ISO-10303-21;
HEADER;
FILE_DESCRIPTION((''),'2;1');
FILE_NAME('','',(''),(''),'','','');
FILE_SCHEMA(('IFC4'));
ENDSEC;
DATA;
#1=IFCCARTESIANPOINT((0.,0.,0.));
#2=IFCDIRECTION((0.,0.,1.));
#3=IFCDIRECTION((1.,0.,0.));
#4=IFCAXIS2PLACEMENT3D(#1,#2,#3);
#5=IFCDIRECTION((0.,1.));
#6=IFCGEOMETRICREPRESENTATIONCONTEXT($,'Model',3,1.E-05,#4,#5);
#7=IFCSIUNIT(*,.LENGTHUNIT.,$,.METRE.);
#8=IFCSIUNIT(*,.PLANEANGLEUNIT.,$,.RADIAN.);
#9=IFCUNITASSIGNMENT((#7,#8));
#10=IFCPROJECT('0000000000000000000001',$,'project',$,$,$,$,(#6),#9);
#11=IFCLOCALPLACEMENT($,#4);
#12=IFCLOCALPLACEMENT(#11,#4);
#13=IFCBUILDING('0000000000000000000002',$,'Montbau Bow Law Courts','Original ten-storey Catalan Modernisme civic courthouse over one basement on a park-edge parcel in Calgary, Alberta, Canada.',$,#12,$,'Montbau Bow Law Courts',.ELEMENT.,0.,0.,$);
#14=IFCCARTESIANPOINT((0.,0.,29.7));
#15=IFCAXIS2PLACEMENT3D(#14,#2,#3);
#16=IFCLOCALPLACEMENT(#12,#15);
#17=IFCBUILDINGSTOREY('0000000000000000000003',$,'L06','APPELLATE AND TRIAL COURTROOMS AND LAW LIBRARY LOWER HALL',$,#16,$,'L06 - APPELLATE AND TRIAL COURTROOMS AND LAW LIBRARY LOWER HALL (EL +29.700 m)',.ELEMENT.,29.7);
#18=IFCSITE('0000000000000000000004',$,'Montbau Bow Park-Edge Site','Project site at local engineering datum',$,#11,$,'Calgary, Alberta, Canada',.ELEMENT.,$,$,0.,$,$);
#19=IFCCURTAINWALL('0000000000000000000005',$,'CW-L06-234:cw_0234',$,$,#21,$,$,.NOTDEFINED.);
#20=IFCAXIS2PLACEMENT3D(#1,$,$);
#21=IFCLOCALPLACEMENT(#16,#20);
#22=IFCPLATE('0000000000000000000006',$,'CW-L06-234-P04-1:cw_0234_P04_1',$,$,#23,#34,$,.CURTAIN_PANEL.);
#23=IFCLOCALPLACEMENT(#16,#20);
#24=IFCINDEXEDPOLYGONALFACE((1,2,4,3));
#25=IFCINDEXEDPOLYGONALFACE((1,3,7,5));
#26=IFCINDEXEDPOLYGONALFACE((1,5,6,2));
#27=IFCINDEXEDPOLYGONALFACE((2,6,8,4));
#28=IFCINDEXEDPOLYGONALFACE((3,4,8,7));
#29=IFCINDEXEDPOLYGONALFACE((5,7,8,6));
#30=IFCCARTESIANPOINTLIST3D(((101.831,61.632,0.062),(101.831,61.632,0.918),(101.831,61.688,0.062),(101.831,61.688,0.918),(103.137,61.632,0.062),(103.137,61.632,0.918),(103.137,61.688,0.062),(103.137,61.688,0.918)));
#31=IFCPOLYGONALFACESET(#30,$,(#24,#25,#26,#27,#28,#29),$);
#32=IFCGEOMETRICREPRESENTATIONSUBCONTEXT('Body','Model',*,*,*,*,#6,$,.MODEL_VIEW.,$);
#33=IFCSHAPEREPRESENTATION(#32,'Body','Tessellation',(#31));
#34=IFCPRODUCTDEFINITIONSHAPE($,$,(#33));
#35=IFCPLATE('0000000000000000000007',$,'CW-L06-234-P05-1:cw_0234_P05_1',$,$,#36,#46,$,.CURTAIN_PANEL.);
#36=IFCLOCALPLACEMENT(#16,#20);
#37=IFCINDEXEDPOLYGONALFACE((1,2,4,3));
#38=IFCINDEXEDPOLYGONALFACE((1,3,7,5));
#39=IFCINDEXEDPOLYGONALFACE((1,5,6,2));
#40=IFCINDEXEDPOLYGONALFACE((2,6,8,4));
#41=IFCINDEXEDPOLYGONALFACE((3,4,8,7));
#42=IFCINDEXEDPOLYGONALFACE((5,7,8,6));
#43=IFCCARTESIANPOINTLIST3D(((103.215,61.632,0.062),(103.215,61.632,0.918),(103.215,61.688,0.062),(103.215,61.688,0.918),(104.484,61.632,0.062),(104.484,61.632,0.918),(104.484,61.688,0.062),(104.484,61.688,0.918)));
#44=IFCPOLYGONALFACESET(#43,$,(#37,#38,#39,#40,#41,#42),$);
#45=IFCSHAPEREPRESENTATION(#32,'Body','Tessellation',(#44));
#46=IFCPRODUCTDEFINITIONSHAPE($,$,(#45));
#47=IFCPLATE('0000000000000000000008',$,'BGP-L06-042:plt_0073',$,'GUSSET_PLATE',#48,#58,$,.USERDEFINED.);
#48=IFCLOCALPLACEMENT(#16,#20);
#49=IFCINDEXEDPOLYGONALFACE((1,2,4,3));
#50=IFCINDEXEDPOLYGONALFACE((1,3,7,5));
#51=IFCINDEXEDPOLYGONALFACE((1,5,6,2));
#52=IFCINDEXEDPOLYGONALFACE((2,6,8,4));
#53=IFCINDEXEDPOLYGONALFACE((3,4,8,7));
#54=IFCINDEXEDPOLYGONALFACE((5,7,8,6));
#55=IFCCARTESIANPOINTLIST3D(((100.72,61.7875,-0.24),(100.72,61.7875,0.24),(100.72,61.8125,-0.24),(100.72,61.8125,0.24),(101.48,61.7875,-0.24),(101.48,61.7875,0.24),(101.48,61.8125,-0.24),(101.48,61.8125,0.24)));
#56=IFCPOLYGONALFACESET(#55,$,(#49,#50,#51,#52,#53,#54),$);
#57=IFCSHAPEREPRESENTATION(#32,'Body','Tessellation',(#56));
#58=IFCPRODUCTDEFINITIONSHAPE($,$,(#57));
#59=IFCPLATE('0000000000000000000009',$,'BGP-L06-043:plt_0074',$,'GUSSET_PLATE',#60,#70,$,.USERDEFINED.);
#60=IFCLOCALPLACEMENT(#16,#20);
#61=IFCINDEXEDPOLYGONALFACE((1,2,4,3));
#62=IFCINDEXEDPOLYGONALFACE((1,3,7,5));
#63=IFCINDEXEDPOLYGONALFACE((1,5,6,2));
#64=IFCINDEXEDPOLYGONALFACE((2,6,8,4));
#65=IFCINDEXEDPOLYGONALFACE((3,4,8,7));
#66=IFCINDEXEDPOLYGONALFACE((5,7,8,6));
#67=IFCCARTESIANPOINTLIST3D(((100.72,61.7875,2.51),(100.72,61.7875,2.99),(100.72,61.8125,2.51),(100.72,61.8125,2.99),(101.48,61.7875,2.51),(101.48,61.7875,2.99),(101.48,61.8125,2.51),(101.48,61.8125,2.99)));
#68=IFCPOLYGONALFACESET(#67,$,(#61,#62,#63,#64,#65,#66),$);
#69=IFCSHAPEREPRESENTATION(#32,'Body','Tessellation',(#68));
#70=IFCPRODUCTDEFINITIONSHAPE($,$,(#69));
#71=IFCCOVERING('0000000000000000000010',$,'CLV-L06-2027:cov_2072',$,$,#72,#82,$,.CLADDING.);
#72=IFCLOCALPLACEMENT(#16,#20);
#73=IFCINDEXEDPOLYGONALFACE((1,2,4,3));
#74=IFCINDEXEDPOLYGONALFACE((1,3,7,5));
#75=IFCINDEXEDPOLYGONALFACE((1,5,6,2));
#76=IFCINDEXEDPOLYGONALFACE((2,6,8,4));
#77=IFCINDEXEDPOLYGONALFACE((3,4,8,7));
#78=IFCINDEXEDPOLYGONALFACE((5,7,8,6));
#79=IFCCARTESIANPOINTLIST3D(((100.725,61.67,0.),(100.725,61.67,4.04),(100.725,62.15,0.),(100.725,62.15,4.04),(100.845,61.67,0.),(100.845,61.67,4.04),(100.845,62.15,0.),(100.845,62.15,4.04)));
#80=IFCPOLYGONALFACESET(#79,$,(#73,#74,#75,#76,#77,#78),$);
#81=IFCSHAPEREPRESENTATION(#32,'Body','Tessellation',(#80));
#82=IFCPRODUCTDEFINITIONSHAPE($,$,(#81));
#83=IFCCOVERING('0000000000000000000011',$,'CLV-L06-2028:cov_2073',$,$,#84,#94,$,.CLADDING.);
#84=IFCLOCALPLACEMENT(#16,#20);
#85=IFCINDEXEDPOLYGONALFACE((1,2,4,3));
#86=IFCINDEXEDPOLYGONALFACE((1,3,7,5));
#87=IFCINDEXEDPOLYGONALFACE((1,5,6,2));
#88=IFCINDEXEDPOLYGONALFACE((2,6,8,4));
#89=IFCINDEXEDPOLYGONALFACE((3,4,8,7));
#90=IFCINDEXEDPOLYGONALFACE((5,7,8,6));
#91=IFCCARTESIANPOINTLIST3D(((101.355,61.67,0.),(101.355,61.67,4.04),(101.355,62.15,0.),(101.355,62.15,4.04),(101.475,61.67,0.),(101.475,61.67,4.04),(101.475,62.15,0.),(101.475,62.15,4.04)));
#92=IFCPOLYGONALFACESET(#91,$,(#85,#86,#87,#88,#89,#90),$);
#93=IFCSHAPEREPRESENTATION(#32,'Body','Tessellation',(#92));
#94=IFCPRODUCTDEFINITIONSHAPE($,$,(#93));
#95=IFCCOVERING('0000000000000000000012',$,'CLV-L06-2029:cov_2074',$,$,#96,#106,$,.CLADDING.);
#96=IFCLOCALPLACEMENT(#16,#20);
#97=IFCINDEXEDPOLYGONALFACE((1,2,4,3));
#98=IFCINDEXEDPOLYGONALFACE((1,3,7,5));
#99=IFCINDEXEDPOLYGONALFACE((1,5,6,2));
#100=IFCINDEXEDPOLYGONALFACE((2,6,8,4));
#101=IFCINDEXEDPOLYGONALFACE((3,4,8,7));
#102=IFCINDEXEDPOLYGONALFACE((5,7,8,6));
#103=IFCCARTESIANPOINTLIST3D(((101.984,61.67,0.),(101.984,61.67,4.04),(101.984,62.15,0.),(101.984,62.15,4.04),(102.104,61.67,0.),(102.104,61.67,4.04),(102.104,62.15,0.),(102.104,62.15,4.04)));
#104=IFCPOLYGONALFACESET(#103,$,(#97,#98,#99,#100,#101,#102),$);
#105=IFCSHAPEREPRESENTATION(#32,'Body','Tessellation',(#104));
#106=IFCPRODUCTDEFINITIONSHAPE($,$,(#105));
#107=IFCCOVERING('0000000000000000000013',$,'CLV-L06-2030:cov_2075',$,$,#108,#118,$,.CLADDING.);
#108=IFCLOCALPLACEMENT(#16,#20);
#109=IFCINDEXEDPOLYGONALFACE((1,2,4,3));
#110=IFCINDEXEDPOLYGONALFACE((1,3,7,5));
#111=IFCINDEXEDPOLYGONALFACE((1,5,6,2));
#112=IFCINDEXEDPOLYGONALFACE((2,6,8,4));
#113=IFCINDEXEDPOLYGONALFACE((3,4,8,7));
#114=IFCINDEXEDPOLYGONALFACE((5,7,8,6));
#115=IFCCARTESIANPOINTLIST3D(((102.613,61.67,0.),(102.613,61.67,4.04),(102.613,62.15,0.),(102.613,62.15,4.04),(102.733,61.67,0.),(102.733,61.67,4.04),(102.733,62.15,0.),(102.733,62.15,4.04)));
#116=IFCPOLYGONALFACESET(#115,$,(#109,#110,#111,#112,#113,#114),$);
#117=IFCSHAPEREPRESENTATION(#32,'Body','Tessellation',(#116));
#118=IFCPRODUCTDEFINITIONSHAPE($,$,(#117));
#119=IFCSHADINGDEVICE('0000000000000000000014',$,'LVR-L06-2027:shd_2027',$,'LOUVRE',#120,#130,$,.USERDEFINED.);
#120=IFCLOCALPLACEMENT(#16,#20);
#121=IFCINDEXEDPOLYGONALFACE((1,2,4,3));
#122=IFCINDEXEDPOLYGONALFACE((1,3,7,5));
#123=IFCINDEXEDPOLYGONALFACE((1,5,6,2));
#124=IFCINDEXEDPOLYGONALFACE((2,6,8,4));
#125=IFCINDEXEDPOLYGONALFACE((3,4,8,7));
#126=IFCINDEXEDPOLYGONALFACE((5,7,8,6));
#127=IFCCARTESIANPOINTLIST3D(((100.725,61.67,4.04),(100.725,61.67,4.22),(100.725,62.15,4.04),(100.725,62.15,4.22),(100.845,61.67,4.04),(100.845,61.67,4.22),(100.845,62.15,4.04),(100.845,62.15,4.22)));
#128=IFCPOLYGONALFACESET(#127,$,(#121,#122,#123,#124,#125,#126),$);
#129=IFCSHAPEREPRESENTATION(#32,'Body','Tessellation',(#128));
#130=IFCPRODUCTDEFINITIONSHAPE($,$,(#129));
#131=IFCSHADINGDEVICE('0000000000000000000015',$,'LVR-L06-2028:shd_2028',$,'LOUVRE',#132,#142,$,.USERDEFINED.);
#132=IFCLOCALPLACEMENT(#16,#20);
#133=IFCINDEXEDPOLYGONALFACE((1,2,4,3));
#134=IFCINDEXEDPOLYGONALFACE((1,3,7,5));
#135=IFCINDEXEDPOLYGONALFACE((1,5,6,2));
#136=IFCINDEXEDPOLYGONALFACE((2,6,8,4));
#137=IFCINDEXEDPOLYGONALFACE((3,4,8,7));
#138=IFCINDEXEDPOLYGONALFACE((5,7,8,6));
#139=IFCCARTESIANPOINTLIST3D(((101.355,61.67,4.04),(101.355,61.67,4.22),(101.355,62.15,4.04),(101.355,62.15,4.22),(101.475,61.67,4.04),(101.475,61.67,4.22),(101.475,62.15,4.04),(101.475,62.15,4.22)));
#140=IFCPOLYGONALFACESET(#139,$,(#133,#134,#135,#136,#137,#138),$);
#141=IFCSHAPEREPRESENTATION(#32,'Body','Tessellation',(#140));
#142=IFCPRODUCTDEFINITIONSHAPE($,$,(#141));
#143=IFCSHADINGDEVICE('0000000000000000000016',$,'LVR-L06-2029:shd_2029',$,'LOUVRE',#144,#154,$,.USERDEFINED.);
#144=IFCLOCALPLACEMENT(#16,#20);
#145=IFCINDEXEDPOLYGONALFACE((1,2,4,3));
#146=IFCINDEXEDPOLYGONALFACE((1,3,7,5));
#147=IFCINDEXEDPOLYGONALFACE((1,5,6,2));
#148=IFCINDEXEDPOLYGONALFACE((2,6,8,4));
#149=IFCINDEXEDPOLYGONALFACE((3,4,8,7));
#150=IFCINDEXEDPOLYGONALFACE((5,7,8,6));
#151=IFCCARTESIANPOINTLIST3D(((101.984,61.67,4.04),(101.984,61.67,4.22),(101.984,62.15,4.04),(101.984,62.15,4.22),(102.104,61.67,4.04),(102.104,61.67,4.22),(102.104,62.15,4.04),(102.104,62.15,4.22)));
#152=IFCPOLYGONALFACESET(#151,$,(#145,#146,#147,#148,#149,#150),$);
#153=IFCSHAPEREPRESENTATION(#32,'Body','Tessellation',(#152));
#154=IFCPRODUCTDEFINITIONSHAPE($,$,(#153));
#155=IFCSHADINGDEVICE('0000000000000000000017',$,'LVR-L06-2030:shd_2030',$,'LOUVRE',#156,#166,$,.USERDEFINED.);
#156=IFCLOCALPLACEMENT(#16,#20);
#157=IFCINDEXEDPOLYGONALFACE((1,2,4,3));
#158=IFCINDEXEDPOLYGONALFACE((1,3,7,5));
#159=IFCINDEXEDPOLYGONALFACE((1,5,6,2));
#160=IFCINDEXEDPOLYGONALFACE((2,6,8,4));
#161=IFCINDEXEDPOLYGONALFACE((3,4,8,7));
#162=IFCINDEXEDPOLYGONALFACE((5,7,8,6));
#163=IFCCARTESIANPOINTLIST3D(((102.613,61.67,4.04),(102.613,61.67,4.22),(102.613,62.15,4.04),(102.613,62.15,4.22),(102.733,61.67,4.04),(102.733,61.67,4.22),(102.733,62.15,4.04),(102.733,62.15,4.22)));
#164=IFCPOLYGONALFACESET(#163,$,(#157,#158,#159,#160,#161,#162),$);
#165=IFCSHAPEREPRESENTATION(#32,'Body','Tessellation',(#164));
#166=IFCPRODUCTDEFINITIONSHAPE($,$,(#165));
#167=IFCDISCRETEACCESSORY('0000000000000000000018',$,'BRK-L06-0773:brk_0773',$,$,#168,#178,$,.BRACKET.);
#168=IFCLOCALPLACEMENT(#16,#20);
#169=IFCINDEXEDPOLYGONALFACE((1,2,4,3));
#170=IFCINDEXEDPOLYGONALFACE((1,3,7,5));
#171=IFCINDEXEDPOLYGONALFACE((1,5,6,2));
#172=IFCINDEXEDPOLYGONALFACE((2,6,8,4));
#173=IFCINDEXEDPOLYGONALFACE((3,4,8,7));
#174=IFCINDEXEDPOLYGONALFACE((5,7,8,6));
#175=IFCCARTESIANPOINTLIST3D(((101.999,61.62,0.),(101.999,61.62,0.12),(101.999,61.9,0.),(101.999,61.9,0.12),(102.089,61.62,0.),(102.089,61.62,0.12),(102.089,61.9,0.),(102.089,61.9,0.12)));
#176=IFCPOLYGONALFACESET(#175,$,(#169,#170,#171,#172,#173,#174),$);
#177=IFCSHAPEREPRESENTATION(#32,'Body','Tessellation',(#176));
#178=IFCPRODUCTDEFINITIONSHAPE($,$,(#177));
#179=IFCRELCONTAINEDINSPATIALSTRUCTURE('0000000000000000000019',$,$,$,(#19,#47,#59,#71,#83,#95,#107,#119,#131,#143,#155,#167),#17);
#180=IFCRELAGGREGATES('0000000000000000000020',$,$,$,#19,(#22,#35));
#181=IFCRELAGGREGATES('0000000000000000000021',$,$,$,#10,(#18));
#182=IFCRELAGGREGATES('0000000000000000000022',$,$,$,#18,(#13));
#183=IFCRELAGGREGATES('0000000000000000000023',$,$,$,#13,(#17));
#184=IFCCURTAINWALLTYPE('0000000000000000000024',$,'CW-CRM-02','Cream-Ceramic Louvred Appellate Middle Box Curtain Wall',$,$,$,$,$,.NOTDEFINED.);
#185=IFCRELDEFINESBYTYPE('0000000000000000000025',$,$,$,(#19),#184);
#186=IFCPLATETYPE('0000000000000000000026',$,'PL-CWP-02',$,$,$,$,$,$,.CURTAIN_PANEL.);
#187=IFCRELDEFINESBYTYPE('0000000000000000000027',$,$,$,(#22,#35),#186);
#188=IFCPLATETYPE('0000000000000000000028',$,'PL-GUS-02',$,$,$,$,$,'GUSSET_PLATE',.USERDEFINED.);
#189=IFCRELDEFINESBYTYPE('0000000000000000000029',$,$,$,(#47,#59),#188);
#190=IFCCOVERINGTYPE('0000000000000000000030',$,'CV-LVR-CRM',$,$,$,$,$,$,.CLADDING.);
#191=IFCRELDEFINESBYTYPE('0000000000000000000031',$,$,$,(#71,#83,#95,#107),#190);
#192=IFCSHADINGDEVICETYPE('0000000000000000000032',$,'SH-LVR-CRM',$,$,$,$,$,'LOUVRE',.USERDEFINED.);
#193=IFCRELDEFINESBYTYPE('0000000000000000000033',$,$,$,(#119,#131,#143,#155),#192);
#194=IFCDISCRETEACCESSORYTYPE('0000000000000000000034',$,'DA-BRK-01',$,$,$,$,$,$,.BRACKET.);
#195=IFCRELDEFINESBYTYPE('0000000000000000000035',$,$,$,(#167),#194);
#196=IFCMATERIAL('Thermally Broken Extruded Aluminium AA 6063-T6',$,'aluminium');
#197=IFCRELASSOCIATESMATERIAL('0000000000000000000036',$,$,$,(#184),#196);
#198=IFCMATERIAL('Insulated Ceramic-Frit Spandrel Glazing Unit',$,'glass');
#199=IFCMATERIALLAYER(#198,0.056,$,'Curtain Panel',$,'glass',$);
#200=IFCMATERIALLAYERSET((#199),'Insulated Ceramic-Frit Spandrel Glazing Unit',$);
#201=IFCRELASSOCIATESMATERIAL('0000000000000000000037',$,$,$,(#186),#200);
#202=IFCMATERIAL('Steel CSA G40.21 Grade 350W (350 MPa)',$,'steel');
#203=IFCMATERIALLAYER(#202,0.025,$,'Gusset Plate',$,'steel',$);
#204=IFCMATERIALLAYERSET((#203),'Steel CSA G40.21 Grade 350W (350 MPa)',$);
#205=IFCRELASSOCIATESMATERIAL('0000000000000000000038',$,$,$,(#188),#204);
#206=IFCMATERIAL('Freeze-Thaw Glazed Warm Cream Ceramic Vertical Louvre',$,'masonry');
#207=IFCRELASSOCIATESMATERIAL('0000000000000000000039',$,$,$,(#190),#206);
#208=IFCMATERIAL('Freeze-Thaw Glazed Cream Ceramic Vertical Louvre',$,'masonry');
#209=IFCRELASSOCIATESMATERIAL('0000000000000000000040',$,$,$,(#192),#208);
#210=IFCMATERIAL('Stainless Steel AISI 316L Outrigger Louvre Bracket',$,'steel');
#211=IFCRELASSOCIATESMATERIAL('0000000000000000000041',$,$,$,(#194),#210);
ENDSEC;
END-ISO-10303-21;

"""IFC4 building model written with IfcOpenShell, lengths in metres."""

from ifc_helpers import new_model, si_unit, direction, frame, frame_2d, origin_with_axes, origin_2d_with_axis, place, context, subcontext, project, spatial, rectangle, extrude, material, layer, layer_set, type_object, element, aggregate, save


model = new_model("IFC4")

# Units and contexts
model_context = context("Model", 3, precision=1e-05, world=origin_with_axes(), true_north=direction((0.0, 1.0)))
body_context = subcontext(model_context, "Body", "Model", "MODEL_VIEW")
ifc_project = project(units=[si_unit("LENGTHUNIT", "METRE"), si_unit("PLANEANGLEUNIT", "RADIAN")], contexts=[model_context])

# Site, building, storey
site_placement = place(None, origin_with_axes())
site = spatial("IfcSite", under=ifc_project, at=site_placement, Name="Montbau Bow Park-Edge Site", Description="Project site at local engineering datum", LongName="Calgary, Alberta, Canada", CompositionType="ELEMENT", RefElevation=0.0)
building_placement = place(site_placement, origin_with_axes())
building = spatial("IfcBuilding", under=site, at=building_placement, Name="Montbau Bow Law Courts", Description="Original ten-storey Catalan Modernisme civic courthouse over one basement on a park-edge parcel in Calgary, Alberta, Canada.", LongName="Montbau Bow Law Courts", CompositionType="ELEMENT", ElevationOfRefHeight=0.0, ElevationOfTerrain=0.0)
storey_placement = place(building_placement, frame((0.0, 0.0, 29.7), z_axis=(0.0, 0.0, 1.0), x_axis=(1.0, 0.0, 0.0)))
storey = spatial("IfcBuildingStorey", under=building, at=storey_placement, Name="L06", Description="APPELLATE AND TRIAL COURTROOMS AND LAW LIBRARY LOWER HALL", LongName="L06 - APPELLATE AND TRIAL COURTROOMS AND LAW LIBRARY LOWER HALL (EL +29.700 m)", CompositionType="ELEMENT", Elevation=29.7)

# Shared definitions
ifc_material_1 = material(Name="Steel CSA G40.21 Grade 350W (350 MPa)", Category="steel")

# Curtain wall
ifc_material_2 = material(Name="Thermally Broken Extruded Aluminium AA 6063-T6", Category="aluminium")
curtain_wall_type = type_object("IfcCurtainWallType", Name="CW-CRM-02", Description="Cream-Ceramic Louvred Appellate Middle Box Curtain Wall", PredefinedType="NOTDEFINED", material=ifc_material_2)
curtain_wall_placement = place(None, frame((97.64, 61.66, 29.7), z_axis=(0.0, 0.0, 1.0), x_axis=(1.0, 0.0, 0.0)))
curtain_wall = element("IfcCurtainWall", 1, at=curtain_wall_placement, inside=storey, type_object=curtain_wall_type, Name="CW-L06-234:cw_0234", PredefinedType="NOTDEFINED")

# Plates
ifc_material_3 = material(Name="Insulated Ceramic-Frit Spandrel Glazing Unit", Category="glass")
ifc_layer_1 = layer(ifc_material_3, 0.056, Name="Curtain Panel", Category="glass")
ifc_layer_set_1 = layer_set([ifc_layer_1], Name="Insulated Ceramic-Frit Spandrel Glazing Unit")
plate_type_1 = type_object("IfcPlateType", Name="PL-CWP-02", PredefinedType="CURTAIN_PANEL", material=ifc_layer_set_1)
plate_1_placement = place(None, frame((101.831, 61.66, 29.762), z_axis=(0.0, -1.0, 0.0), x_axis=(1.0, 0.0, 0.0)))
plate_1 = element("IfcPlate", 2, at=plate_1_placement, type_object=plate_type_1, Name="CW-L06-234-P04-1:cw_0234_P04_1", PredefinedType="CURTAIN_PANEL", context=body_context, shape_type="SweptSolid", body=[
    extrude(rectangle(XDim=1.306, YDim=0.856, at=frame_2d((0.653, 0.428), x_axis=(1.0, 0.0))), frame((0.0, 0.0, -0.028), z_axis=(0.0, 0.0, 1.0), x_axis=(1.0, 0.0, 0.0)), (0.0, 0.0, 1.0), 0.056),
])
plate_2_placement = place(None, frame((103.215, 61.66, 29.762), z_axis=(0.0, -1.0, 0.0), x_axis=(1.0, 0.0, 0.0)))
plate_2 = element("IfcPlate", 3, at=plate_2_placement, type_object=plate_type_1, Name="CW-L06-234-P05-1:cw_0234_P05_1", PredefinedType="CURTAIN_PANEL", context=body_context, shape_type="SweptSolid", body=[
    extrude(rectangle(XDim=1.269, YDim=0.856, at=frame_2d((0.6345, 0.428), x_axis=(1.0, 0.0))), frame((0.0, 0.0, -0.028), z_axis=(0.0, 0.0, 1.0), x_axis=(1.0, 0.0, 0.0)), (0.0, 0.0, 1.0), 0.056),
])
aggregate(curtain_wall, [plate_1, plate_2])

# Plates
ifc_layer_2 = layer(ifc_material_1, 0.025, Name="Gusset Plate", Category="steel")
ifc_layer_set_2 = layer_set([ifc_layer_2], Name="Steel CSA G40.21 Grade 350W (350 MPa)")
plate_type_2 = type_object("IfcPlateType", Name="PL-GUS-02", ElementType="GUSSET_PLATE", PredefinedType="USERDEFINED", material=ifc_layer_set_2)
for number, where, z_axis, x_axis, name in (
    (4, (101.1, 61.8, 29.46), (0.0, 0.0, 1.0), (1.0, 0.0, 0.0), "BGP-L06-042:plt_0073"),
    (5, (101.1, 61.8, 32.21), (0.0, 0.0, 1.0), (1.0, 0.0, 0.0), "BGP-L06-043:plt_0074"),
):
    element("IfcPlate", number, at=place(None, frame(where, z_axis=z_axis, x_axis=x_axis)), inside=storey, type_object=plate_type_2, Name=name, ObjectType="GUSSET_PLATE", PredefinedType="USERDEFINED", context=body_context, shape_type="SweptSolid", body=[
        extrude(rectangle(XDim=0.76, YDim=0.025, at=origin_2d_with_axis()), origin_with_axes(), (0.0, 0.0, 1.0), 0.48),
    ])

# Coverings
ifc_material_4 = material(Name="Freeze-Thaw Glazed Warm Cream Ceramic Vertical Louvre", Category="masonry")
covering_type = type_object("IfcCoveringType", Name="CV-LVR-CRM", PredefinedType="CLADDING", material=ifc_material_4)
for number, where, z_axis, x_axis, name in (
    (6, (100.785, 61.67, 29.7), (1.0, 0.0, 0.0), (0.0, 1.0, 0.0), "CLV-L06-2027:cov_2072"),
    (7, (101.415, 61.67, 29.7), (1.0, 0.0, 0.0), (0.0, 1.0, 0.0), "CLV-L06-2028:cov_2073"),
    (8, (102.044, 61.67, 29.7), (1.0, 0.0, 0.0), (0.0, 1.0, 0.0), "CLV-L06-2029:cov_2074"),
    (9, (102.673, 61.67, 29.7), (1.0, 0.0, 0.0), (0.0, 1.0, 0.0), "CLV-L06-2030:cov_2075"),
):
    element("IfcCovering", number, at=place(None, frame(where, z_axis=z_axis, x_axis=x_axis)), inside=storey, type_object=covering_type, Name=name, PredefinedType="CLADDING", context=body_context, shape_type="SweptSolid", body=[
        extrude(rectangle(XDim=0.48, YDim=4.04, at=frame_2d((0.24, 2.02), x_axis=(1.0, 0.0))), frame((0.0, 0.0, -0.06), z_axis=(0.0, 0.0, 1.0), x_axis=(1.0, 0.0, 0.0)), (0.0, 0.0, 1.0), 0.12),
    ])

# Shading devices
ifc_material_5 = material(Name="Freeze-Thaw Glazed Cream Ceramic Vertical Louvre", Category="masonry")
shading_device_type = type_object("IfcShadingDeviceType", Name="SH-LVR-CRM", ElementType="LOUVRE", PredefinedType="USERDEFINED", material=ifc_material_5)
for number, where, z_axis, x_axis, name in (
    (10, (100.785, 61.91, 33.74), (0.0, 0.0, 1.0), (0.0, 1.0, 0.0), "LVR-L06-2027:shd_2027"),
    (11, (101.415, 61.91, 33.74), (0.0, 0.0, 1.0), (0.0, 1.0, 0.0), "LVR-L06-2028:shd_2028"),
    (12, (102.044, 61.91, 33.74), (0.0, 0.0, 1.0), (0.0, 1.0, 0.0), "LVR-L06-2029:shd_2029"),
    (13, (102.673, 61.91, 33.74), (0.0, 0.0, 1.0), (0.0, 1.0, 0.0), "LVR-L06-2030:shd_2030"),
):
    element("IfcShadingDevice", number, at=place(None, frame(where, z_axis=z_axis, x_axis=x_axis)), inside=storey, type_object=shading_device_type, Name=name, ObjectType="LOUVRE", PredefinedType="USERDEFINED", context=body_context, shape_type="SweptSolid", body=[
        extrude(rectangle(XDim=0.48, YDim=0.12, at=origin_2d_with_axis()), origin_with_axes(), (0.0, 0.0, 1.0), 0.18),
    ])

# Discrete accessory
ifc_material_6 = material(Name="Stainless Steel AISI 316L Outrigger Louvre Bracket", Category="steel")
discrete_accessory_type = type_object("IfcDiscreteAccessoryType", Name="DA-BRK-01", PredefinedType="BRACKET", material=ifc_material_6)
discrete_accessory_placement = place(None, frame((102.044, 61.76, 29.7), z_axis=(0.0, 0.0, 1.0), x_axis=(0.0, 1.0, 0.0)))
element("IfcDiscreteAccessory", 14, at=discrete_accessory_placement, inside=storey, type_object=discrete_accessory_type, Name="BRK-L06-0773:brk_0773", PredefinedType="BRACKET", context=body_context, shape_type="SweptSolid", body=[
    extrude(rectangle(XDim=0.28, YDim=0.09, at=origin_2d_with_axis()), origin_with_axes(), (0.0, 0.0, 1.0), 0.12),
])

save(model, "model.ifc")
